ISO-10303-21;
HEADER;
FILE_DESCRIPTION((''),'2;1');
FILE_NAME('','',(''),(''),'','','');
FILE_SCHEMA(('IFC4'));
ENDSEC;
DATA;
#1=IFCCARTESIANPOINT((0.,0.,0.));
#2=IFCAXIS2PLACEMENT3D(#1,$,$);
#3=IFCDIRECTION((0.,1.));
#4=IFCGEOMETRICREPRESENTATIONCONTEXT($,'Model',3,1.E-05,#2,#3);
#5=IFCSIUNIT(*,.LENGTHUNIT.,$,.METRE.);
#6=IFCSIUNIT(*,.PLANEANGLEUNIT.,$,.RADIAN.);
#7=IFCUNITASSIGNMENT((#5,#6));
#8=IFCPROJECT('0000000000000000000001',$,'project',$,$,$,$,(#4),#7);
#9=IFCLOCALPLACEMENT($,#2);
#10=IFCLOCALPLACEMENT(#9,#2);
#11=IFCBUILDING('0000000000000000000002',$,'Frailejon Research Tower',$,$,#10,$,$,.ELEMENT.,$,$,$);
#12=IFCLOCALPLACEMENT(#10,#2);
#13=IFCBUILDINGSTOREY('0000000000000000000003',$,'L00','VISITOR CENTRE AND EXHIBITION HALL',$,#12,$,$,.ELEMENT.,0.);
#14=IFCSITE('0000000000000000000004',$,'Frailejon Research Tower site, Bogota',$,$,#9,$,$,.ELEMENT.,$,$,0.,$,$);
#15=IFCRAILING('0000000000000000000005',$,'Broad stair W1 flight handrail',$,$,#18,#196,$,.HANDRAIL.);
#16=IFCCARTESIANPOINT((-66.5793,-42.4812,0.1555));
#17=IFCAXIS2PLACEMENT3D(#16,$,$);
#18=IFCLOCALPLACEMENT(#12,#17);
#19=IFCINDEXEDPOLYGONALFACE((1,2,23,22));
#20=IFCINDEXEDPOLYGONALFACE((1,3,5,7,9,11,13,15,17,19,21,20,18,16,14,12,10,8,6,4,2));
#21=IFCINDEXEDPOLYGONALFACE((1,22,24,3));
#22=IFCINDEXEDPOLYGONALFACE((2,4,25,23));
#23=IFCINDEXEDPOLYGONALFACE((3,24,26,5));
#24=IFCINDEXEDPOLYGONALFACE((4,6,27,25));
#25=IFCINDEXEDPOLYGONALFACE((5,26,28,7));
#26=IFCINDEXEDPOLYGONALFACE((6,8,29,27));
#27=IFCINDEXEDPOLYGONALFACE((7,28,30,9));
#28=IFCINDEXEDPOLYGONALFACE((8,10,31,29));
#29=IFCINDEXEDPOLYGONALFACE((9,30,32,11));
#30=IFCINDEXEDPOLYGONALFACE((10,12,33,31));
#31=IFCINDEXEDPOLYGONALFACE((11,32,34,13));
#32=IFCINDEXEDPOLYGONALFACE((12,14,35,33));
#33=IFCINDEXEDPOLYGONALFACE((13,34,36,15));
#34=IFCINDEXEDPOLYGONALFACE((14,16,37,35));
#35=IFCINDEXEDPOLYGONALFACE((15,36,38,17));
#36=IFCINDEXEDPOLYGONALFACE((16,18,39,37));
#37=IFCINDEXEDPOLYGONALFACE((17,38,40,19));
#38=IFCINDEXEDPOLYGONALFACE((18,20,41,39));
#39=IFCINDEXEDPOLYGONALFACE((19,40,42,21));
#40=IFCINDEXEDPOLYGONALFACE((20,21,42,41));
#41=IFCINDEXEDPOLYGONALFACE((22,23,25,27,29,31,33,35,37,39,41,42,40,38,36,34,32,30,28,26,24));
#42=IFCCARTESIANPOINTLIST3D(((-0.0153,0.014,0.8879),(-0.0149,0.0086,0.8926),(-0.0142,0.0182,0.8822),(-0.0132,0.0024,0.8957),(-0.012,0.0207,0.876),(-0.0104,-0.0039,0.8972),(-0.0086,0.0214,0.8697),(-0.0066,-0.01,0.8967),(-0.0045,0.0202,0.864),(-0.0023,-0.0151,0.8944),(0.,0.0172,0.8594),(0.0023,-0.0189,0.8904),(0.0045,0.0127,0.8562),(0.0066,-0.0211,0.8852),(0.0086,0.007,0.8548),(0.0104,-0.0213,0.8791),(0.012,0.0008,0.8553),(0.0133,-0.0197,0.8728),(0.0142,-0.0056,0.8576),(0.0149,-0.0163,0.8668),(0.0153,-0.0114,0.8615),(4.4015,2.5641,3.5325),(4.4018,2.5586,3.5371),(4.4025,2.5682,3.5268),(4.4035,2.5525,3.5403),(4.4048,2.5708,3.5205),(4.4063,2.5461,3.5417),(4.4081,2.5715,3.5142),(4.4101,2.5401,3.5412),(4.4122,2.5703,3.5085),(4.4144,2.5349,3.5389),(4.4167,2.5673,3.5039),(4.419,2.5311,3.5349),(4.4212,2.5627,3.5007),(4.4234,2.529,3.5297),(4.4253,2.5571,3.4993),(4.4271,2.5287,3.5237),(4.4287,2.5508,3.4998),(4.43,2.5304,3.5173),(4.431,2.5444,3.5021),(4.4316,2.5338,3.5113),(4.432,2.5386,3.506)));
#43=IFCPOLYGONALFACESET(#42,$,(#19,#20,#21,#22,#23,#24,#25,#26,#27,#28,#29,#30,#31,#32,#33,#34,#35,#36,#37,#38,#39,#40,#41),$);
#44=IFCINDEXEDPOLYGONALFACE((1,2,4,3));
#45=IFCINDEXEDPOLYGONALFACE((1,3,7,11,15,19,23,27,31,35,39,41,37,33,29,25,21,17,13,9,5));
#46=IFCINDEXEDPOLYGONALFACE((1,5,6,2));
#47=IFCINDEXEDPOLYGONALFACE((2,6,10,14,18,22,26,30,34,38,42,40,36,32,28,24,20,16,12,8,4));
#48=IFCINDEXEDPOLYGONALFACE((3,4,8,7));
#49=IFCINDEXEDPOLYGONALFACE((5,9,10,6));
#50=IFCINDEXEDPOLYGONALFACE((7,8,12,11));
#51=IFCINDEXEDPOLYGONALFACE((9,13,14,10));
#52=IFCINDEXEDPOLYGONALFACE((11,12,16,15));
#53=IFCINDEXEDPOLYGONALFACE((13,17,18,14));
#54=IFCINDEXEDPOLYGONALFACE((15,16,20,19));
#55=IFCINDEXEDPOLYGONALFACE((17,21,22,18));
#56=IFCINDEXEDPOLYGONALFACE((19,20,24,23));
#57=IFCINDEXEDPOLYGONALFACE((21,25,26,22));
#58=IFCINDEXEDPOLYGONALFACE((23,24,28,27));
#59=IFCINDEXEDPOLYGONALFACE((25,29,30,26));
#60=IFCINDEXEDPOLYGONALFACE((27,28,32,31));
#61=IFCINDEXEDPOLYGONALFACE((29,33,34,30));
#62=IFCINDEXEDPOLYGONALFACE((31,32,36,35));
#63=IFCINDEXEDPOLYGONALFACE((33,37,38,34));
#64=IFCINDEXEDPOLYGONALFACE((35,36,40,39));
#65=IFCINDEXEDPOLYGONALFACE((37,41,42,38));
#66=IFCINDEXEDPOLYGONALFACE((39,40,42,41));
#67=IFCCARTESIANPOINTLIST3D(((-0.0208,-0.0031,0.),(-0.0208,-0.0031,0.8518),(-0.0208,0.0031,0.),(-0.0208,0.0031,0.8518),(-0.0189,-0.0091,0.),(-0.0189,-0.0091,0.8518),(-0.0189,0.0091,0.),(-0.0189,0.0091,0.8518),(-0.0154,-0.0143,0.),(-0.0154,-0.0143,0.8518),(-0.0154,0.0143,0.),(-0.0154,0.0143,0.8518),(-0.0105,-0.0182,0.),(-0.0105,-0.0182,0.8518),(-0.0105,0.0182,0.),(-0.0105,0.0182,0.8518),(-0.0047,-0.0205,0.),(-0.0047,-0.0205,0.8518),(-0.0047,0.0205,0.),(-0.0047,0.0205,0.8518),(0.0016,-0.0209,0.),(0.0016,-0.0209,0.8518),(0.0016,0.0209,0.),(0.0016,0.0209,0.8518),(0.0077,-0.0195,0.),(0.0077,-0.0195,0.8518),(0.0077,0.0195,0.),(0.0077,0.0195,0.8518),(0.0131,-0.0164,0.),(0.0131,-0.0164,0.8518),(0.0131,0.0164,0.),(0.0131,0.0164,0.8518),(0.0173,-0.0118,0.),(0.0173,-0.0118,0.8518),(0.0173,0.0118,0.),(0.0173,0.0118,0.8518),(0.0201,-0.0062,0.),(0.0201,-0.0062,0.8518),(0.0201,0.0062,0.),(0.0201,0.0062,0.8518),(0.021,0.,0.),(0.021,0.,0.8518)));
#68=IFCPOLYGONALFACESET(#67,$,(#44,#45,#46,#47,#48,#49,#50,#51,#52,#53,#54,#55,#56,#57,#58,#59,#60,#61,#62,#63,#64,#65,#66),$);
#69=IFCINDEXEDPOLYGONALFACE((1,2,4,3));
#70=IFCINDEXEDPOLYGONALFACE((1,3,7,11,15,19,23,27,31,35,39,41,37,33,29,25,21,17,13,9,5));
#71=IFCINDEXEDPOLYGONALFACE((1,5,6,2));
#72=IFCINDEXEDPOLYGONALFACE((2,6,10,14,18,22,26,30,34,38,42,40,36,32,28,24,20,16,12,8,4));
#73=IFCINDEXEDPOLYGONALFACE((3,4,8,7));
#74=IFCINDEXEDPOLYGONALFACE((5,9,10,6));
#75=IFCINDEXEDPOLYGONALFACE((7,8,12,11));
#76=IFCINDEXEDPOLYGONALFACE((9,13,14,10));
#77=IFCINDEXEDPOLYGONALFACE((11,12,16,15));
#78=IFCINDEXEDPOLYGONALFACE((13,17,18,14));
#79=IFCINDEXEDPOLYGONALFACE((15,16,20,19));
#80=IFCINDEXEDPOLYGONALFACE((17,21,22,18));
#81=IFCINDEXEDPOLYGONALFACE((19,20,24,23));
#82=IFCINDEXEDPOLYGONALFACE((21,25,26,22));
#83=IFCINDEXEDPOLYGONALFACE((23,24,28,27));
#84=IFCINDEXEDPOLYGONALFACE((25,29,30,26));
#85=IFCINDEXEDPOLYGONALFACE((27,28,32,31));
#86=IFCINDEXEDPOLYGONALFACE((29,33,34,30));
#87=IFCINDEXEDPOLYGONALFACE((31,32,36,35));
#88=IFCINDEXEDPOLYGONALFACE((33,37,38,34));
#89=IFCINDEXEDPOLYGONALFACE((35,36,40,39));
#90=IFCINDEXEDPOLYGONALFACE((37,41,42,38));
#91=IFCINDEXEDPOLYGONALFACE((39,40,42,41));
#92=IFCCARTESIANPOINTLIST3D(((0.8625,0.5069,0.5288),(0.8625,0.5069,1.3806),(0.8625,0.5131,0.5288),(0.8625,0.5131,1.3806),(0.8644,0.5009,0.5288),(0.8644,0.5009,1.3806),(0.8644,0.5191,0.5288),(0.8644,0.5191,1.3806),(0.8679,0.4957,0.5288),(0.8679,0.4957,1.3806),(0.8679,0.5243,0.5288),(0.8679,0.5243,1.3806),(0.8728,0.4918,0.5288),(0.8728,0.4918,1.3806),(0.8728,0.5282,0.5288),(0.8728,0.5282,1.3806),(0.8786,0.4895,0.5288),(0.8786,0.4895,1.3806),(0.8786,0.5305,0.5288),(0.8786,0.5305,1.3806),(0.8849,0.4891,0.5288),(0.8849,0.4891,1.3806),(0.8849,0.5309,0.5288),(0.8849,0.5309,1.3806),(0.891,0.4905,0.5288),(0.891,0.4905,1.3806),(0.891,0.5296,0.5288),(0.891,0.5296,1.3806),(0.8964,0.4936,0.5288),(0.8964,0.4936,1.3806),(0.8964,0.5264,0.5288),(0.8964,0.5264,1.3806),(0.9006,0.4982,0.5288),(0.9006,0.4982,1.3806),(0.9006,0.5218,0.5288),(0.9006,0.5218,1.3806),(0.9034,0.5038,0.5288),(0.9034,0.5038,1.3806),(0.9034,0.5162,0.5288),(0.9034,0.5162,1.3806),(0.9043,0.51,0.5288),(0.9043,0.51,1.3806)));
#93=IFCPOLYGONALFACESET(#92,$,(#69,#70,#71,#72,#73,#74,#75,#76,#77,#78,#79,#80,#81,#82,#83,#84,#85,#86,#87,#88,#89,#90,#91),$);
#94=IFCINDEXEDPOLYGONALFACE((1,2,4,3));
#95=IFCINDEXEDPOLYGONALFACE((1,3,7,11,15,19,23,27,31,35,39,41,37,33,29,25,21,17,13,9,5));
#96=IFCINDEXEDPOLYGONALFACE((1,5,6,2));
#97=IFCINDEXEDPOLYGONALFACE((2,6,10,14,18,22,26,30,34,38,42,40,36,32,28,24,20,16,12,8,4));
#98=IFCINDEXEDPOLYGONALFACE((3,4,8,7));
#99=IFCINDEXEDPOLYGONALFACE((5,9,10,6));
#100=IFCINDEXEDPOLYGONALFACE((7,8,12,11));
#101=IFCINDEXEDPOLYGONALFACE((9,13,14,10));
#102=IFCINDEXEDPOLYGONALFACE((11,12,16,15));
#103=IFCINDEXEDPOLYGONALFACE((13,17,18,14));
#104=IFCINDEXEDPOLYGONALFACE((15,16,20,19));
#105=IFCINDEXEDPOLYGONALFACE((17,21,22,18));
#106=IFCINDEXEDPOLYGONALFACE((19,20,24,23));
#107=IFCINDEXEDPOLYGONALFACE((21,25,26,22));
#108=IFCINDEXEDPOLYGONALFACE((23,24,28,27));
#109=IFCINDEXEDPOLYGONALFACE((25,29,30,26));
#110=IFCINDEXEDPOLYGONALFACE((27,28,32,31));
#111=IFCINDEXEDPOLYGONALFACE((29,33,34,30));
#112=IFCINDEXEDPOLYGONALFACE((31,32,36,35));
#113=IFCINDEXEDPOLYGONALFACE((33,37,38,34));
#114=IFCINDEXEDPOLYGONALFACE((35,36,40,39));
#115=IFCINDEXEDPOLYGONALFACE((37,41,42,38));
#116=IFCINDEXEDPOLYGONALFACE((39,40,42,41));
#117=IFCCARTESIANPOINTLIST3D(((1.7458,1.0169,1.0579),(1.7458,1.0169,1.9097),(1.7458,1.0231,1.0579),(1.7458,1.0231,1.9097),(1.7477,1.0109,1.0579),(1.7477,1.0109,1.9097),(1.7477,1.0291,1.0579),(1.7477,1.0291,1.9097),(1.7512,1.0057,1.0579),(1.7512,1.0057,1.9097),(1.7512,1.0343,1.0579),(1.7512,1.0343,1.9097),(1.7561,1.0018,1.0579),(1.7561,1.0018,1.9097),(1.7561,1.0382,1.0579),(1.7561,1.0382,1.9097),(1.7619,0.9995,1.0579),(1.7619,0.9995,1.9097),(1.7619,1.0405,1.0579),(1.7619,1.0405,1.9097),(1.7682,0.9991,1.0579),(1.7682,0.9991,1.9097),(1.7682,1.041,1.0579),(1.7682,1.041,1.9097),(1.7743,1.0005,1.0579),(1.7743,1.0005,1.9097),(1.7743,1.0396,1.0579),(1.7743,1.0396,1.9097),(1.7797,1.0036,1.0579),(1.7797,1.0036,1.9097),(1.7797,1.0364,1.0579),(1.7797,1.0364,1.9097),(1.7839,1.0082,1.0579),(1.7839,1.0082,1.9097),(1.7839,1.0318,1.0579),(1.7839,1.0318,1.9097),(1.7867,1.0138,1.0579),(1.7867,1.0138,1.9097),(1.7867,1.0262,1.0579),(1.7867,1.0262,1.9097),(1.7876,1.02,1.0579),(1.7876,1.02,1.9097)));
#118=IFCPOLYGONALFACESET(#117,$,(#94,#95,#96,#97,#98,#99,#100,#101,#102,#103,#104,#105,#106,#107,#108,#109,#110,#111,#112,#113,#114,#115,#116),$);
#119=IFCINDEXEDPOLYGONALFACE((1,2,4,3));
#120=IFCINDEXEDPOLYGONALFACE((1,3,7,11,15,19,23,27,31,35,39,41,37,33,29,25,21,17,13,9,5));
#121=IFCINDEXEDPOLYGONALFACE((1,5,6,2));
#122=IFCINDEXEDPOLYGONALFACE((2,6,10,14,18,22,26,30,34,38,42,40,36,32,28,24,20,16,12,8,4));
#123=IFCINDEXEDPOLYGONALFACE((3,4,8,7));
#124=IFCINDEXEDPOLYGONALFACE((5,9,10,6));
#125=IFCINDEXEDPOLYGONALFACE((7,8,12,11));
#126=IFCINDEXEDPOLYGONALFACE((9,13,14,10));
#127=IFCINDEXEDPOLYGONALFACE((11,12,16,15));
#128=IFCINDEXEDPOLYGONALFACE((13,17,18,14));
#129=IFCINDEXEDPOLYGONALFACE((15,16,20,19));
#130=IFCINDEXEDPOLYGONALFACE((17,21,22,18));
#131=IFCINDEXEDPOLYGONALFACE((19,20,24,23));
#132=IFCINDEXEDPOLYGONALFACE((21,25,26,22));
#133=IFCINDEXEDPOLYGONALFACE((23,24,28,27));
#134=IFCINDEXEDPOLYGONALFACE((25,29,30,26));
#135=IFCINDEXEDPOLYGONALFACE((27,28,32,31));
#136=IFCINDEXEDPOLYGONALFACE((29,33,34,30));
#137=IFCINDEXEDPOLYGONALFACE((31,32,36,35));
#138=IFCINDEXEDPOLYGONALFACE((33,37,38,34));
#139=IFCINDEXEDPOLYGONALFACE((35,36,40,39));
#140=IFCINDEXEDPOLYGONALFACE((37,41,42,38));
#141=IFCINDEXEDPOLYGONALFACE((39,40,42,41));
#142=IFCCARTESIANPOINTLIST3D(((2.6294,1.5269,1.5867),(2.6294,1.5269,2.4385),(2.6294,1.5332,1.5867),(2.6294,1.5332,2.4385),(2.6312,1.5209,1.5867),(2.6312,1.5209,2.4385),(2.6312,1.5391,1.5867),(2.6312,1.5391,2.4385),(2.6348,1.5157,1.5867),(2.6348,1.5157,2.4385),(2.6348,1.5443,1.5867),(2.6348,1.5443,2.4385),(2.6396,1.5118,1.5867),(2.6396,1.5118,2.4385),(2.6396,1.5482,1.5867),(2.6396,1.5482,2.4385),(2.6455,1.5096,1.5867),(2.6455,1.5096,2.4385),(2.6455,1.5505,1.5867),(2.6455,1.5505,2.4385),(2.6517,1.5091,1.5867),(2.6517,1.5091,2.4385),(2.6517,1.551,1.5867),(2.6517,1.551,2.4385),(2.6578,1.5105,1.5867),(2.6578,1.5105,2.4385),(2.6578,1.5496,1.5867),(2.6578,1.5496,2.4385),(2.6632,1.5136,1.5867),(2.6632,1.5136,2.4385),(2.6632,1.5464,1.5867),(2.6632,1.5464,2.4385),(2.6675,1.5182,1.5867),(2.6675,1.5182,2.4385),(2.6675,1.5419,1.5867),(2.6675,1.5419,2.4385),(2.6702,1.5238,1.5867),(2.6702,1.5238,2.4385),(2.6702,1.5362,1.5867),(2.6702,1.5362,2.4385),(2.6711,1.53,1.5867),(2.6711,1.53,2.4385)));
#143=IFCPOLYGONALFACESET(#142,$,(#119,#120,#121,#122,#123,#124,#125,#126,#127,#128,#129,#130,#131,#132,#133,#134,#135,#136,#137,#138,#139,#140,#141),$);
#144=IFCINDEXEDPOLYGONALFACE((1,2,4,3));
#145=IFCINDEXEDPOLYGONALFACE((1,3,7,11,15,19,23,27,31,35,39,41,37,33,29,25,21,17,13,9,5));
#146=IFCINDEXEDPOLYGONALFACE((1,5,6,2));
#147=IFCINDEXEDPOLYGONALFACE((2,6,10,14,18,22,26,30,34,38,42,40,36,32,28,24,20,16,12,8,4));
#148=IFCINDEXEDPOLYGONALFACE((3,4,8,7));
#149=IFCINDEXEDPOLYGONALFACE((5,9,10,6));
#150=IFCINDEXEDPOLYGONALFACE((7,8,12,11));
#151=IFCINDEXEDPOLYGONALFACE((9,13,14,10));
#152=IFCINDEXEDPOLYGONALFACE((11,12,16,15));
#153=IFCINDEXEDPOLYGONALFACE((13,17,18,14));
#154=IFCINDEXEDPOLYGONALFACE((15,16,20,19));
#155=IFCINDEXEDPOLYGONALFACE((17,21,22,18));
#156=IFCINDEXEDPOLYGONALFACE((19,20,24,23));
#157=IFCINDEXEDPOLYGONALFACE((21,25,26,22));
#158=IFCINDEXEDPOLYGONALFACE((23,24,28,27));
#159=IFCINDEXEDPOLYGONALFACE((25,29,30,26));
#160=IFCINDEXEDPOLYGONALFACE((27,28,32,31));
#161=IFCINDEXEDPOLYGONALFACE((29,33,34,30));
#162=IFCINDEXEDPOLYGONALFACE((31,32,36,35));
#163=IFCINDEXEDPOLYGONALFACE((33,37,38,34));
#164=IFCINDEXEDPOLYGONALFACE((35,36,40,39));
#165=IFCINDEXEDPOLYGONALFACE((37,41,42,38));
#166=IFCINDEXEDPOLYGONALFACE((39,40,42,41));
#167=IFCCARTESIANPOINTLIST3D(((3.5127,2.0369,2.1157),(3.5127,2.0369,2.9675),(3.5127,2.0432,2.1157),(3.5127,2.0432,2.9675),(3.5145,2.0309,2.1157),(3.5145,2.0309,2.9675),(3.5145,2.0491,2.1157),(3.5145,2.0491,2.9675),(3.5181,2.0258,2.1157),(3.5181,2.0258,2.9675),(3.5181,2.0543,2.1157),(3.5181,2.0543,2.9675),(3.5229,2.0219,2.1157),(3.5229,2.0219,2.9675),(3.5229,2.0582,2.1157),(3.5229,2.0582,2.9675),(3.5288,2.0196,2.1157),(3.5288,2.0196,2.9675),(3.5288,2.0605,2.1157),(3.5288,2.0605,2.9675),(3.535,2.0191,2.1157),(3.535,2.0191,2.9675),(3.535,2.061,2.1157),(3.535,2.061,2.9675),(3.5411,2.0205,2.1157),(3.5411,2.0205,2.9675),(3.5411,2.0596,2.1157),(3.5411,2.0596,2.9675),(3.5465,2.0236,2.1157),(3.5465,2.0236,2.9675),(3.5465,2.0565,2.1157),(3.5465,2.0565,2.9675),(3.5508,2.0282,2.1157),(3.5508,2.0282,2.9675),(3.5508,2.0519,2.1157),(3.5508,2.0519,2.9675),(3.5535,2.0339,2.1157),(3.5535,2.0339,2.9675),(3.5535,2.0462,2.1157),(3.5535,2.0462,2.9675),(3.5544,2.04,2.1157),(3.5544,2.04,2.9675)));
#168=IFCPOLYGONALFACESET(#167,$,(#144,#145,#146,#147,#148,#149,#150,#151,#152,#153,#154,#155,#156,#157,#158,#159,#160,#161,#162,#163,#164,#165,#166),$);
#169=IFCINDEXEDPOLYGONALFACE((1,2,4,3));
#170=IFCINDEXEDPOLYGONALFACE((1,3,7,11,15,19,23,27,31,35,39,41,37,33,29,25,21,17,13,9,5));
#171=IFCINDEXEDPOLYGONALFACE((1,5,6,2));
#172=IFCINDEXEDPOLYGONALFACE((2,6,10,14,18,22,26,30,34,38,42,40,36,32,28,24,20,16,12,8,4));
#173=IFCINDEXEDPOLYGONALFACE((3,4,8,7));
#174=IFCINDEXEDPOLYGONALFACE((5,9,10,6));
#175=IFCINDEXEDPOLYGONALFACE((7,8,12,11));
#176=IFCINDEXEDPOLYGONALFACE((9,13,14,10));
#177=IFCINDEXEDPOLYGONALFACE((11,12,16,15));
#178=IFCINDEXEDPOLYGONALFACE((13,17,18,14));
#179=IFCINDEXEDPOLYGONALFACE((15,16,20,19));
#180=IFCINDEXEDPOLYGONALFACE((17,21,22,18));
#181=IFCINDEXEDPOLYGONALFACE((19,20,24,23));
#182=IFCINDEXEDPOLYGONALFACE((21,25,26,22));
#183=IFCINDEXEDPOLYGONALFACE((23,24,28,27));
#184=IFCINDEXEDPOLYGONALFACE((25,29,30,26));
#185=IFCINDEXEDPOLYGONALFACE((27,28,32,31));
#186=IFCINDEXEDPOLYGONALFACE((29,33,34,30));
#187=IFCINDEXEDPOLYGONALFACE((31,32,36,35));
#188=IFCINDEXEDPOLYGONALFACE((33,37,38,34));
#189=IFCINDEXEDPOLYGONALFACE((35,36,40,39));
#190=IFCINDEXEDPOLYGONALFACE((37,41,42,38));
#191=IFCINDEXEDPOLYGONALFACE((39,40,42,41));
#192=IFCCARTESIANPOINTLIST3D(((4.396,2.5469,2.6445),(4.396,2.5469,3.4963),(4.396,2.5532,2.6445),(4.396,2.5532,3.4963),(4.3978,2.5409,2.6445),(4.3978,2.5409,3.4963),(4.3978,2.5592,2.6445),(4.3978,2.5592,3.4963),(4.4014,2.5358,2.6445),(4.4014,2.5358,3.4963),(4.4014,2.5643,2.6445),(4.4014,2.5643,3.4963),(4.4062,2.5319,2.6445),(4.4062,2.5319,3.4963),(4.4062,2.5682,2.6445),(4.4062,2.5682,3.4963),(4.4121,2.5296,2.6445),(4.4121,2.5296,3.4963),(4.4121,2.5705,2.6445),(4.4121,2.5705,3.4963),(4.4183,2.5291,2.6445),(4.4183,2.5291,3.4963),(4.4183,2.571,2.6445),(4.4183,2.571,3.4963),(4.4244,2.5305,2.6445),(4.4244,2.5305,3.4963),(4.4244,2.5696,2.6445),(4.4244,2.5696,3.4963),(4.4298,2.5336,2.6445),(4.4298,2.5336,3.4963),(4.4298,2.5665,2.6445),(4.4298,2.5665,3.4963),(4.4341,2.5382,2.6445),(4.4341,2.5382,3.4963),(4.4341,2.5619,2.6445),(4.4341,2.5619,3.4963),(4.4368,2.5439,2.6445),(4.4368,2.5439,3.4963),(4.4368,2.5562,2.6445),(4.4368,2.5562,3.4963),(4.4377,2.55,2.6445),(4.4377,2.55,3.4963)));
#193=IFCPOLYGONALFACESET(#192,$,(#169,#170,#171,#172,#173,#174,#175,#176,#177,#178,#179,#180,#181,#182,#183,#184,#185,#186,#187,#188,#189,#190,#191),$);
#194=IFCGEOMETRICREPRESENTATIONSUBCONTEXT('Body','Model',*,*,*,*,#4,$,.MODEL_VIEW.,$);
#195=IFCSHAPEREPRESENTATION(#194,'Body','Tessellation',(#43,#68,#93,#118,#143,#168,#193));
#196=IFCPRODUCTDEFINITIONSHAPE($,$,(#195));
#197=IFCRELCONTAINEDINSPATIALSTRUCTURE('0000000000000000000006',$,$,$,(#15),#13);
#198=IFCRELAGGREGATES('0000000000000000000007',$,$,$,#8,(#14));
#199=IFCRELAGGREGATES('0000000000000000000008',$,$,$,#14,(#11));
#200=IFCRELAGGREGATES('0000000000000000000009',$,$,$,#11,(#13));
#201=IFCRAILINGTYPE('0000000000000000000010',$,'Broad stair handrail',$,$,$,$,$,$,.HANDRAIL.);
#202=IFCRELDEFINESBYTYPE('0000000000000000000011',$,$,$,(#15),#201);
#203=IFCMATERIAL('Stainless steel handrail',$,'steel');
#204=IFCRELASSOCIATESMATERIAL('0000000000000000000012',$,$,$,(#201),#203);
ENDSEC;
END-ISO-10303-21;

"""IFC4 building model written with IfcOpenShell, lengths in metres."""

from ifc_helpers import new_model, si_unit, direction, frame, origin, origin_2d, place, context, subcontext, project, spatial, circle, extrude, material, type_object, element, save


model = new_model("IFC4")

# Units and contexts
model_context = context("Model", 3, precision=1e-05, world=origin(), true_north=direction((0.0, 1.0)))
body_context = subcontext(model_context, "Body", "Model", "MODEL_VIEW")
ifc_project = project(units=[si_unit("LENGTHUNIT", "METRE"), si_unit("PLANEANGLEUNIT", "RADIAN")], contexts=[model_context])

# Site, building, storey
site_placement = place(None, origin())
site = spatial("IfcSite", under=ifc_project, at=site_placement, Name="Frailejon Research Tower site, Bogota", CompositionType="ELEMENT", RefElevation=0.0)
building_placement = place(site_placement, origin())
building = spatial("IfcBuilding", under=site, at=building_placement, Name="Frailejon Research Tower", CompositionType="ELEMENT")
storey_placement = place(building_placement, origin())
storey = spatial("IfcBuildingStorey", under=building, at=storey_placement, Name="L00", Description="VISITOR CENTRE AND EXHIBITION HALL", CompositionType="ELEMENT", Elevation=0.0)

# Railing
ifc_material_1 = material(Name="Stainless steel handrail", Category="steel")
railing_type_1 = type_object("IfcRailingType", Name="Broad stair handrail", PredefinedType="HANDRAIL", material=ifc_material_1)
for number, where, name in (
    (1, (-66.5793, -42.4812, 0.1555), "Broad stair W1 flight handrail"),
):
    element("IfcRailing", number, at=place(storey_placement, frame(where)), inside=storey, type_object=railing_type_1, Name=name, PredefinedType="HANDRAIL", context=body_context, shape_type="SweptSolid", body=[
        extrude(circle(Radius=0.0239, at=origin_2d()), frame((0.0, 0.0, 0.876), z_axis=(0.768811, 0.44388, 0.460326), x_axis=(-0.500006, 0.866022, 0.0)), (0.0, 0.0, 1.0), 5.7449),
        extrude(circle(Radius=0.021, at=origin_2d()), origin(), (0.0, 0.0, 1.0), 0.8518),
        extrude(circle(Radius=0.021, at=origin_2d()), frame((0.8833, 0.51, 0.5288)), (0.0, 0.0, 1.0), 0.8518),
        extrude(circle(Radius=0.021, at=origin_2d()), frame((1.7666, 1.02, 1.0579)), (0.0, 0.0, 1.0), 0.8518),
        extrude(circle(Radius=0.021, at=origin_2d()), frame((2.6501, 1.53, 1.5867)), (0.0, 0.0, 1.0), 0.8518),
        extrude(circle(Radius=0.021, at=origin_2d()), frame((3.5334, 2.04, 2.1157)), (0.0, 0.0, 1.0), 0.8518),
        extrude(circle(Radius=0.021, at=origin_2d()), frame((4.4167, 2.55, 2.6445)), (0.0, 0.0, 1.0), 0.8518),
    ])

save(model, "model.ifc")
